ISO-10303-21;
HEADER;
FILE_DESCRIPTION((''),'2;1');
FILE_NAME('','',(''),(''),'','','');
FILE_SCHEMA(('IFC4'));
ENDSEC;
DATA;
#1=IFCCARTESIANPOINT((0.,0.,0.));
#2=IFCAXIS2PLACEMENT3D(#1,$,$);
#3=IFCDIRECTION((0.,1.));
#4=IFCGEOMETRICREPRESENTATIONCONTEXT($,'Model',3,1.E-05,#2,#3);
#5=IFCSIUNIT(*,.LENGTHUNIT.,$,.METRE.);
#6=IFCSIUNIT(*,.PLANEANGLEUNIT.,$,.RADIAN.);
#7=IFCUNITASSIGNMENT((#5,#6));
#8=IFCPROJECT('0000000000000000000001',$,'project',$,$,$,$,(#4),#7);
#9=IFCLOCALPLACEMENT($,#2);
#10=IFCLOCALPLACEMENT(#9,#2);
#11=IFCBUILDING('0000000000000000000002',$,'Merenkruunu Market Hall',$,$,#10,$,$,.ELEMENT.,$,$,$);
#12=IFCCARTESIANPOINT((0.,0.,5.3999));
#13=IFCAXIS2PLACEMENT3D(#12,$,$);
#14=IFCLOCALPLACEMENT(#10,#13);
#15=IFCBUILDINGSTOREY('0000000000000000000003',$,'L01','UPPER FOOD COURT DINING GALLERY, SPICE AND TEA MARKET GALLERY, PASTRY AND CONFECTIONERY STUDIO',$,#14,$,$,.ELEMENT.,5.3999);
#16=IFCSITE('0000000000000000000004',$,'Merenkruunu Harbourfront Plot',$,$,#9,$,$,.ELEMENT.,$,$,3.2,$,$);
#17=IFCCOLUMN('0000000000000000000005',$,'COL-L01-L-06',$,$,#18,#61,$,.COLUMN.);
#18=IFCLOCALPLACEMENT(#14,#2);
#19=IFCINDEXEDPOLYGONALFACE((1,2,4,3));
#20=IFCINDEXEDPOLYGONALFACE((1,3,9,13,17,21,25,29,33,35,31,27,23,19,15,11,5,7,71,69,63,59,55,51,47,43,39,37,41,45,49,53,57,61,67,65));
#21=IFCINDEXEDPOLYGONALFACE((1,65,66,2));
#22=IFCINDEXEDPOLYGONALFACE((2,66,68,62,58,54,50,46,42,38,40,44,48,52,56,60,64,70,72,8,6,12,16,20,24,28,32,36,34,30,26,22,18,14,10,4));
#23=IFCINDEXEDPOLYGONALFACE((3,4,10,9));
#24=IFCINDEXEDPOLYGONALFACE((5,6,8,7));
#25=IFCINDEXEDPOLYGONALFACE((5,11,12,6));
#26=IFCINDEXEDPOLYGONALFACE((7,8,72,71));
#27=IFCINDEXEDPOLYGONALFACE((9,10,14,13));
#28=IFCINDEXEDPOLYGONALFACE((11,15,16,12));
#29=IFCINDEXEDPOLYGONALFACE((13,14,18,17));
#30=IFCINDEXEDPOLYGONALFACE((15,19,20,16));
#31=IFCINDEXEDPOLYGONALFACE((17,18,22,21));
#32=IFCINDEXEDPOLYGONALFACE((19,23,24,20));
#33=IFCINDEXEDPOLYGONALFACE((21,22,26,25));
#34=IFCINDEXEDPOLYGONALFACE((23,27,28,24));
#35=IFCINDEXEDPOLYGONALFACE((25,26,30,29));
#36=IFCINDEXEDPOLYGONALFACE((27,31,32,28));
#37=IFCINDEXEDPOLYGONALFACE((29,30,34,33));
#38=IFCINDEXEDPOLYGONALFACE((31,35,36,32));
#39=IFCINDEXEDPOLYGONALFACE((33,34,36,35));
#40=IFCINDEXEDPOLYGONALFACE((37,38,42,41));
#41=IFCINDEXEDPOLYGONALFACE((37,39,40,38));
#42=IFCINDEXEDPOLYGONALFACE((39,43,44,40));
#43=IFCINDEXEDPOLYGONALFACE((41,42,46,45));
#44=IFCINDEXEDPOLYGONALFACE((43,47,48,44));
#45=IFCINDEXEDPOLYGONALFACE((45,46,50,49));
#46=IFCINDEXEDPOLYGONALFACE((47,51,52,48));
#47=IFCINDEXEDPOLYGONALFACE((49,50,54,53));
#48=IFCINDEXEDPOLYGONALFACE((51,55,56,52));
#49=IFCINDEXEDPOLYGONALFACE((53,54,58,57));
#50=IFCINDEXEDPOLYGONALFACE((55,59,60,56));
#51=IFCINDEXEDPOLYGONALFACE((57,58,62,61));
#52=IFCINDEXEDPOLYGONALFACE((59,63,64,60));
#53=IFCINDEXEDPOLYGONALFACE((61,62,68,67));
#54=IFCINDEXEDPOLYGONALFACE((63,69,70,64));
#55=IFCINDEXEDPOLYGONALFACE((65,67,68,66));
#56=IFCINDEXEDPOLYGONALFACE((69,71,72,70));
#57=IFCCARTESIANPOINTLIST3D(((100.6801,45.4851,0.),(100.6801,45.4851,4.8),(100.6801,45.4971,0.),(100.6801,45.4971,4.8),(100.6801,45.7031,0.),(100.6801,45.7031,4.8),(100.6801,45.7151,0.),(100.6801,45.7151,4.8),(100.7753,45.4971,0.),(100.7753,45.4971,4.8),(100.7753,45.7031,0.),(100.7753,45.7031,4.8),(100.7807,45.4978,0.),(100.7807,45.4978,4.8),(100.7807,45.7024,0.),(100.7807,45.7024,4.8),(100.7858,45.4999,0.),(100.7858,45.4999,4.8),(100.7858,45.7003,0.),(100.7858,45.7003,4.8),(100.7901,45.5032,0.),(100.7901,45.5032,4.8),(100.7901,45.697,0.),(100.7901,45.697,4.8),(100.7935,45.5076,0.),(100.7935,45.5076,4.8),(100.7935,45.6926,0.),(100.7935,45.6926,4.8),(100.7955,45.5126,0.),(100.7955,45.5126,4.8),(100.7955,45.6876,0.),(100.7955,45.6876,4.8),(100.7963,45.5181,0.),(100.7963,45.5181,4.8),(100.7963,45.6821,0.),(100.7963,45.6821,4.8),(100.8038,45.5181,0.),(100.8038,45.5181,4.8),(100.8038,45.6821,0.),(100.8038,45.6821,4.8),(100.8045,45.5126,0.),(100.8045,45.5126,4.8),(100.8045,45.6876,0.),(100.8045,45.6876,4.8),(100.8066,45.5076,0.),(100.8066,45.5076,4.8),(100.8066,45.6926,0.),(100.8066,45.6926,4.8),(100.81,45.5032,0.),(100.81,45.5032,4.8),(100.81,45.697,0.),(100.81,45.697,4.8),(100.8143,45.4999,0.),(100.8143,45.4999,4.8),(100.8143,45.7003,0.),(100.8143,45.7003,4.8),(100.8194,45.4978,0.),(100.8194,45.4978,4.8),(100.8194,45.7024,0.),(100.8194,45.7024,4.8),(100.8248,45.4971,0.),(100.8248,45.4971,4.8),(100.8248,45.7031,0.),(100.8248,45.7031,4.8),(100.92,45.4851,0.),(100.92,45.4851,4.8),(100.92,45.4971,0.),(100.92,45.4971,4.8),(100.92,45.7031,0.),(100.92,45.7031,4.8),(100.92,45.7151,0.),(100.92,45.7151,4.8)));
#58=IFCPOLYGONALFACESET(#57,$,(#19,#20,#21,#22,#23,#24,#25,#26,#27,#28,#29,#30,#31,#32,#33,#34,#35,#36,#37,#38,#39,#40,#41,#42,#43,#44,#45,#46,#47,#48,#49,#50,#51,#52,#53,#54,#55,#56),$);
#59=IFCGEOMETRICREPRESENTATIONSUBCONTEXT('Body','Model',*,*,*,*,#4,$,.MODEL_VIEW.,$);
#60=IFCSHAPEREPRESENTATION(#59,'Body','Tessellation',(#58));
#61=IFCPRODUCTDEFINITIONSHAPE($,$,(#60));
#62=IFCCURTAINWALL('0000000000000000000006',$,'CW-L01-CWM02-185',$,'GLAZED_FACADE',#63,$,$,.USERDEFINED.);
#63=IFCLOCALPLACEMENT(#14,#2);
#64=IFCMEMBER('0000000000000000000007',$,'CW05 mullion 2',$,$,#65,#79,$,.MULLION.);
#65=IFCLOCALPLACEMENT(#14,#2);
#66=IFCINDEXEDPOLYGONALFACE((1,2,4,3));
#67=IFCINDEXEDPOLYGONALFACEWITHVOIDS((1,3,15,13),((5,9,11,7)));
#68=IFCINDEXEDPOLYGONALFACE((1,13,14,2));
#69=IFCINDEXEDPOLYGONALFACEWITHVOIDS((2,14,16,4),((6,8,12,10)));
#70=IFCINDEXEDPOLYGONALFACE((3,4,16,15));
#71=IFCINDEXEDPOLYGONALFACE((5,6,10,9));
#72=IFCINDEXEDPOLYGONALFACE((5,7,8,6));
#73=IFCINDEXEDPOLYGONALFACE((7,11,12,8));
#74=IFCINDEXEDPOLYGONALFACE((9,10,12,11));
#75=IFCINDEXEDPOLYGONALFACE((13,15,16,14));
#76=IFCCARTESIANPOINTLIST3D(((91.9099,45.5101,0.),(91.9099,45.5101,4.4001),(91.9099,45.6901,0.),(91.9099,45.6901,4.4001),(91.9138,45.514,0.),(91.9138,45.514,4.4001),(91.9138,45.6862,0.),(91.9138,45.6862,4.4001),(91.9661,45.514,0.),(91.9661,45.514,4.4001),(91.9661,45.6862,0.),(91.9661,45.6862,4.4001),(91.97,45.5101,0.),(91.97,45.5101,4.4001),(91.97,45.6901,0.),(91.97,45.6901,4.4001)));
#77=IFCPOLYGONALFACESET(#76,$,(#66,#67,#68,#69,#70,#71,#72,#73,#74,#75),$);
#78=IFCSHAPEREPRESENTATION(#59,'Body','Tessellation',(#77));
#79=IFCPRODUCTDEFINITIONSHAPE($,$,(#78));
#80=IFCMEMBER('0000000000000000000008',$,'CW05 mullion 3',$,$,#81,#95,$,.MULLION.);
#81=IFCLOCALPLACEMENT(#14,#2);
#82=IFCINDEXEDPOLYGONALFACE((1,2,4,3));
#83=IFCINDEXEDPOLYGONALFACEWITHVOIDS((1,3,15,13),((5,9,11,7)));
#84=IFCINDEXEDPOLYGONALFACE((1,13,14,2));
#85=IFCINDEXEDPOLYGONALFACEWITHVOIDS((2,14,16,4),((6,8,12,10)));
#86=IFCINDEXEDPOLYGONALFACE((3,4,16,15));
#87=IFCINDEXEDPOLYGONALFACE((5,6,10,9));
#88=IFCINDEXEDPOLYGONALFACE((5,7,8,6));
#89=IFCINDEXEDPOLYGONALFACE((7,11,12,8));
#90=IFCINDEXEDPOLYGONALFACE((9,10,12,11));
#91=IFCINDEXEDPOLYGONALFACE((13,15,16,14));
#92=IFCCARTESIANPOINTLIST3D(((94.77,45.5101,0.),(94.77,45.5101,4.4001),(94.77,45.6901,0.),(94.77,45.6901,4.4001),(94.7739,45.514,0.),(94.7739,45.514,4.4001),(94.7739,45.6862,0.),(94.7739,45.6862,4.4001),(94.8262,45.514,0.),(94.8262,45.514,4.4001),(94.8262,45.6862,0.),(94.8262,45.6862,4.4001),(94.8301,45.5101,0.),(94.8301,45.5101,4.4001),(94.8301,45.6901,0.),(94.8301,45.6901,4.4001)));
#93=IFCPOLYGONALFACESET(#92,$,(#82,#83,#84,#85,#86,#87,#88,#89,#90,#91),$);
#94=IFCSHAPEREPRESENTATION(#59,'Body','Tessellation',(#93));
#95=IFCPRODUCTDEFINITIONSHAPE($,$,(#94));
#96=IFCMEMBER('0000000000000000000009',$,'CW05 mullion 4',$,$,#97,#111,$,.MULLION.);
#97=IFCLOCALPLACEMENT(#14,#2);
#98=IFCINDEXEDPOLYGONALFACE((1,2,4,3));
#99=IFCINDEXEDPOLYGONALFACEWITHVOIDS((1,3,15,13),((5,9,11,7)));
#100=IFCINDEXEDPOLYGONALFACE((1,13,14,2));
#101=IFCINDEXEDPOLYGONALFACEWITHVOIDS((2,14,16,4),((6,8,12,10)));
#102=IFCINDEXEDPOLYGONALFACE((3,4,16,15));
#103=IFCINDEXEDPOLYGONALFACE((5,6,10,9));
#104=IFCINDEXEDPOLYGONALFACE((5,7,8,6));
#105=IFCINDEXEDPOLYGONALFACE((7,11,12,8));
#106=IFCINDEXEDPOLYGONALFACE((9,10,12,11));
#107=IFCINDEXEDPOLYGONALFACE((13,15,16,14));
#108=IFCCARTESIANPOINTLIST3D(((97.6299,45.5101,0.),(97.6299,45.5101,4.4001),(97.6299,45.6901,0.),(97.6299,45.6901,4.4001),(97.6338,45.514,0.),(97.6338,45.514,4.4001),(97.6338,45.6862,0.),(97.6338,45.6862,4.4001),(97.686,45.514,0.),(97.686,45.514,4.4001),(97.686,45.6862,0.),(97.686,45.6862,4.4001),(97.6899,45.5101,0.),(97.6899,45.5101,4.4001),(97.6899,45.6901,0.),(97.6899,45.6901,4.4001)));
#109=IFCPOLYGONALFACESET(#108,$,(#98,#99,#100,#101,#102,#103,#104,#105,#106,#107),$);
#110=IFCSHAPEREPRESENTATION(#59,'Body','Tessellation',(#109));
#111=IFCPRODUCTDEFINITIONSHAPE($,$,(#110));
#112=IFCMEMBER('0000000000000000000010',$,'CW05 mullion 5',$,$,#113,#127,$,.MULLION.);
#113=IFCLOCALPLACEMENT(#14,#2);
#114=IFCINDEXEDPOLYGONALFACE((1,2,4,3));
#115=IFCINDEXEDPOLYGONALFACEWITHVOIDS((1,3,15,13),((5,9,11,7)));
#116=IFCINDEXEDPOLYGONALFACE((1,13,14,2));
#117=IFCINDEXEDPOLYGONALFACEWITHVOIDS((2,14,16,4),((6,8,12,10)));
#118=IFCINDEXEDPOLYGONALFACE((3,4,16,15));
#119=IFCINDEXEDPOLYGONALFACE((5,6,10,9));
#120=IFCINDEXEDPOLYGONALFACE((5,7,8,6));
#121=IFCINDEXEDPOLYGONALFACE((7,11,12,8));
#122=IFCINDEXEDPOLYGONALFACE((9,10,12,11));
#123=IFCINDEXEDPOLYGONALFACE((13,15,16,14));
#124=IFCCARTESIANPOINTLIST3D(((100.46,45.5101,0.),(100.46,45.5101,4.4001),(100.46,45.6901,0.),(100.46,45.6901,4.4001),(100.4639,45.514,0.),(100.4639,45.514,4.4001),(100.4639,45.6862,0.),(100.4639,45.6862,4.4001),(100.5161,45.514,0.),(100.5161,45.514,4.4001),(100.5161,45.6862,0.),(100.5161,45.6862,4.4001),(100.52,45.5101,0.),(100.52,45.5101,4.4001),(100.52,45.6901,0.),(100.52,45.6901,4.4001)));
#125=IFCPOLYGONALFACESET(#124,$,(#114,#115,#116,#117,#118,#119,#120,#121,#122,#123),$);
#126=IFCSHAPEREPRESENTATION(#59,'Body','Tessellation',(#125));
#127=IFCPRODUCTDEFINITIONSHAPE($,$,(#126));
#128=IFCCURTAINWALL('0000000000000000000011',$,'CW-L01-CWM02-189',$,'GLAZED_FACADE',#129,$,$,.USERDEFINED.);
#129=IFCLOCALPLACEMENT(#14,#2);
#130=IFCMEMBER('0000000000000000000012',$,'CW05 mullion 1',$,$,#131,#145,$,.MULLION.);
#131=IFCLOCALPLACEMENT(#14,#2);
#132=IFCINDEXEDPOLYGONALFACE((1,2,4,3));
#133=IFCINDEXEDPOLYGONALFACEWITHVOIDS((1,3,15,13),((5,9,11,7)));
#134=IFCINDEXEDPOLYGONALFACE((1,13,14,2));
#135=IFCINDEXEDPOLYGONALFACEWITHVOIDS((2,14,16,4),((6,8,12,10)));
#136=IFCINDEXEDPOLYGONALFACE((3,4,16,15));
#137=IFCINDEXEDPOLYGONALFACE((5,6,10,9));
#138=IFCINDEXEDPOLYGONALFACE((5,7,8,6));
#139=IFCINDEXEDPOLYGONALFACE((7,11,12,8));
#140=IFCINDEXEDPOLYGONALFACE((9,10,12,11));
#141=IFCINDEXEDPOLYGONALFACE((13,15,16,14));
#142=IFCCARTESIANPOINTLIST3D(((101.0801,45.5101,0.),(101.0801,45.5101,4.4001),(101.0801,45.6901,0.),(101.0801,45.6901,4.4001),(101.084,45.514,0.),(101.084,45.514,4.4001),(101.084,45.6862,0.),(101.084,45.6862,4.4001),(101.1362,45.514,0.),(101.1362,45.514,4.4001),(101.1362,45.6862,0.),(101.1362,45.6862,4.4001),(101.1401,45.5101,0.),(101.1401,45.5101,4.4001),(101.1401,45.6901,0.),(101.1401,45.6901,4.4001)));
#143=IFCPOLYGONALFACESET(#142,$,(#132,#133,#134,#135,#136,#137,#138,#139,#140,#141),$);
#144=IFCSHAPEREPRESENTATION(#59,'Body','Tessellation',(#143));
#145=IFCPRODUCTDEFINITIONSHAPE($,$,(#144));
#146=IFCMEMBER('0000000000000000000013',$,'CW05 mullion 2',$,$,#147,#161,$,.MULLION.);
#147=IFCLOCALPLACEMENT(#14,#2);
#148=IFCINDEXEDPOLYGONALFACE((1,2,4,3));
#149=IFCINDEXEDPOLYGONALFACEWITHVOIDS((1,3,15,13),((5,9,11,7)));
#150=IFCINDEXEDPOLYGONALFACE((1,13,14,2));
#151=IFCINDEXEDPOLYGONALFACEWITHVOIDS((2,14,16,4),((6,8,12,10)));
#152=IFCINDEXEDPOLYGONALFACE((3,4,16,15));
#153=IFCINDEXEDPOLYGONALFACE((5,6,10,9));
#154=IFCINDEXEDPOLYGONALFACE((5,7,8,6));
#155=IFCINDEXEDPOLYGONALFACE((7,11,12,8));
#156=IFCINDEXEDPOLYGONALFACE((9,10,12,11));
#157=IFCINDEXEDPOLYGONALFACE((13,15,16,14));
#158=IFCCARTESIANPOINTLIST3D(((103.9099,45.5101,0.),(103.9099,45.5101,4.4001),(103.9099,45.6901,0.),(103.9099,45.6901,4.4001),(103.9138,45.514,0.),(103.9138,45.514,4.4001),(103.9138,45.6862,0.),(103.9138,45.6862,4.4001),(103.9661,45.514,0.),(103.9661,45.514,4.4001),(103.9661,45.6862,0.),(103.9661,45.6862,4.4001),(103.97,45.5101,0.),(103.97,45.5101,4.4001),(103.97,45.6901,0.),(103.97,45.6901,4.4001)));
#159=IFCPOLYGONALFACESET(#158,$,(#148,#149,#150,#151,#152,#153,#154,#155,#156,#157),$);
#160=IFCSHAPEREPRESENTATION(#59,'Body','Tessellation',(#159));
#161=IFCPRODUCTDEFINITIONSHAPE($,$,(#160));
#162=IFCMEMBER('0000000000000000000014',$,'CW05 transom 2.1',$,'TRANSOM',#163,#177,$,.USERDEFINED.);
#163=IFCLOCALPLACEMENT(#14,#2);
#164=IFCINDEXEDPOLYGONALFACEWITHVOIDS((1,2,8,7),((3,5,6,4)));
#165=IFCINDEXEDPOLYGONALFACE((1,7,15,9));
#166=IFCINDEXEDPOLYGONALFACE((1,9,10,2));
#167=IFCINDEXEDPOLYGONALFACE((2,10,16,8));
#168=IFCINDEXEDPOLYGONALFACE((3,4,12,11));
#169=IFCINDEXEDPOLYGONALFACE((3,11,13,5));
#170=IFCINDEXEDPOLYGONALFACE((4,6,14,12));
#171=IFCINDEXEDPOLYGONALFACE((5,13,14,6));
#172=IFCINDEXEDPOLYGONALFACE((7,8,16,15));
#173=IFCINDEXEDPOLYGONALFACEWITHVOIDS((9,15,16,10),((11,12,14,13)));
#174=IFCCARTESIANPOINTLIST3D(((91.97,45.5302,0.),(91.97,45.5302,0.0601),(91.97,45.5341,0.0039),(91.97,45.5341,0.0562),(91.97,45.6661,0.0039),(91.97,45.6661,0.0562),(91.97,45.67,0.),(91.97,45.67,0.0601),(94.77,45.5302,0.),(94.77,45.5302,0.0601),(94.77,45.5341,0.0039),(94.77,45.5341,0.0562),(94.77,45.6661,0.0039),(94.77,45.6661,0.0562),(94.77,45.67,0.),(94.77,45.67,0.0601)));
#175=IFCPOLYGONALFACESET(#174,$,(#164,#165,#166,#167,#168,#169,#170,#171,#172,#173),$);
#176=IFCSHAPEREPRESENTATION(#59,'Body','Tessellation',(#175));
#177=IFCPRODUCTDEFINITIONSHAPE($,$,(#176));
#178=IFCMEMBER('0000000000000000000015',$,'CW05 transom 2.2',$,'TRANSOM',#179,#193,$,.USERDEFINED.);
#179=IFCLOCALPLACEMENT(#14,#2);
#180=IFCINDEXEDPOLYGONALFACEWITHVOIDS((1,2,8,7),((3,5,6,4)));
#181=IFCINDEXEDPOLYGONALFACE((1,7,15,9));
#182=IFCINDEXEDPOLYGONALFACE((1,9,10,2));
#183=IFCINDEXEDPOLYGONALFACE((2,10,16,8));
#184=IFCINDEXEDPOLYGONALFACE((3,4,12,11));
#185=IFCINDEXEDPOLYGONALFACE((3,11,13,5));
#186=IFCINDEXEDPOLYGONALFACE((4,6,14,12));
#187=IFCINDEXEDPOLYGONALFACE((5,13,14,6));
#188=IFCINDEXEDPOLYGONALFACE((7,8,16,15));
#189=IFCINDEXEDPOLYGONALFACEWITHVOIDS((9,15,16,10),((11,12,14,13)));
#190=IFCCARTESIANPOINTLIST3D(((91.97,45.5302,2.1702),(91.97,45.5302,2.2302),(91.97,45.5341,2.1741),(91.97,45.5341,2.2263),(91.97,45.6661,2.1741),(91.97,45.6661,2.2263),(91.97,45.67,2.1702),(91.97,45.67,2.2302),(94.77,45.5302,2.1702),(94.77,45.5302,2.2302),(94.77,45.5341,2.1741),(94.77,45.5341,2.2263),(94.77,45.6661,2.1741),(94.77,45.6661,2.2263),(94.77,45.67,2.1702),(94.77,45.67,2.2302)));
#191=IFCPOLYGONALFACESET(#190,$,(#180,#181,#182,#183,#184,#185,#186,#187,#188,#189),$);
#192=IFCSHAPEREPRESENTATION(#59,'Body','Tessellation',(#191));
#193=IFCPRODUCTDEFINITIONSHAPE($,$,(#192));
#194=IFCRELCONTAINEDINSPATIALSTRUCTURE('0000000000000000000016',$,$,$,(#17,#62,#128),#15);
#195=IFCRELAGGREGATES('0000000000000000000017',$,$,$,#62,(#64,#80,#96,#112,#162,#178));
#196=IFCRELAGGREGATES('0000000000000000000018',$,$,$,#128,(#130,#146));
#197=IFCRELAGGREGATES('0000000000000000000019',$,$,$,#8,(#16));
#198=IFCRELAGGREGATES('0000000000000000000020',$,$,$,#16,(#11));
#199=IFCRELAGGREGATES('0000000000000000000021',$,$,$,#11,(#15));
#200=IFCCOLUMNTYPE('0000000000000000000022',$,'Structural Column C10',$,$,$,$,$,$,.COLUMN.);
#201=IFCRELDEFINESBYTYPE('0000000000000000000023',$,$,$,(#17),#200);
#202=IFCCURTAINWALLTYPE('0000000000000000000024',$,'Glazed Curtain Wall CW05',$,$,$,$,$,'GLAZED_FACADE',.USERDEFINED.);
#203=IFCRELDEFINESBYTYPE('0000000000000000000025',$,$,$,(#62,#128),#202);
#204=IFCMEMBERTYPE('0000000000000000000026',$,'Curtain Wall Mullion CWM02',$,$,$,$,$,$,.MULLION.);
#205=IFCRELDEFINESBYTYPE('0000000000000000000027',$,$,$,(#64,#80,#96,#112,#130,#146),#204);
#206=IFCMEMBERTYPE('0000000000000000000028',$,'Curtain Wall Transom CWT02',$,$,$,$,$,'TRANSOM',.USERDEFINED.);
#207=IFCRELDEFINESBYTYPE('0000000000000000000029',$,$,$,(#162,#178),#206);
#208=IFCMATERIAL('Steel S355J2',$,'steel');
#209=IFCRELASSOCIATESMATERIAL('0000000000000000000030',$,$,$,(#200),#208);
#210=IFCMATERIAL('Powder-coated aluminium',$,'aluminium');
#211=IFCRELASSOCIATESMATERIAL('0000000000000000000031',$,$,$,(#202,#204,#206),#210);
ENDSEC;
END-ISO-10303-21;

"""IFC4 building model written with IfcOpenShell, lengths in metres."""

from ifc_helpers import new_model, si_unit, direction, frame, origin, origin_2d, place, context, subcontext, project, spatial, hollow_rectangle, i_section, extrude, material, material_profile, profile_set, type_object, element, aggregate, save


model = new_model("IFC4")

# Units and contexts
model_context = context("Model", 3, precision=1e-05, world=origin(), true_north=direction((0.0, 1.0)))
body_context = subcontext(model_context, "Body", "Model", "MODEL_VIEW")
ifc_project = project(units=[si_unit("LENGTHUNIT", "METRE"), si_unit("PLANEANGLEUNIT", "RADIAN")], contexts=[model_context])

# Site, building, storey
site_placement = place(None, origin())
site = spatial("IfcSite", under=ifc_project, at=site_placement, Name="Merenkruunu Harbourfront Plot", CompositionType="ELEMENT", RefElevation=3.2)
building_placement = place(site_placement, origin())
building = spatial("IfcBuilding", under=site, at=building_placement, Name="Merenkruunu Market Hall", CompositionType="ELEMENT")
storey_placement = place(building_placement, frame((0.0, 0.0, 5.3999)))
storey = spatial("IfcBuildingStorey", under=building, at=storey_placement, Name="L01", Description="UPPER FOOD COURT DINING GALLERY, SPICE AND TEA MARKET GALLERY, PASTRY AND CONFECTIONERY STUDIO", CompositionType="ELEMENT", Elevation=5.3999)

# Column
ifc_material_1 = material(Name="Steel S355J2", Category="steel")
ifc_material_profile_1 = material_profile(ifc_material_1, i_section(OverallWidth=0.24, OverallDepth=0.23, WebThickness=0.0076, FlangeThickness=0.012, FilletRadius=0.021, at=origin_2d()), Name="HEA 240")
ifc_profile_set_1 = profile_set([ifc_material_profile_1], Name="Steel S355J2")
column_type = type_object("IfcColumnType", Name="Structural Column C10", PredefinedType="COLUMN", material=ifc_profile_set_1)
column_placement = place(storey_placement, frame((100.8, 45.6001, 0.0), z_axis=(0.0, 0.0, 1.0), x_axis=(1.0, 0.0, 0.0)))
element("IfcColumn", 1, at=column_placement, inside=storey, type_object=column_type, Name="COL-L01-L-06", PredefinedType="COLUMN", context=body_context, shape_type="SweptSolid", body=[
    extrude(i_section(OverallWidth=0.24, OverallDepth=0.23, WebThickness=0.0076, FlangeThickness=0.012, FilletRadius=0.021, at=origin_2d()), origin(), (0.0, 0.0, 1.0), 4.8),
])

# Curtain walls, members
ifc_material_2 = material(Name="Powder-coated aluminium", Category="aluminium")
curtain_wall_type = type_object("IfcCurtainWallType", Name="Glazed Curtain Wall CW05", ElementType="GLAZED_FACADE", PredefinedType="USERDEFINED", material=ifc_material_2)
curtain_wall_1_placement = place(storey_placement, origin())
curtain_wall_1 = element("IfcCurtainWall", 2, at=curtain_wall_1_placement, inside=storey, type_object=curtain_wall_type, Name="CW-L01-CWM02-185", ObjectType="GLAZED_FACADE", PredefinedType="USERDEFINED")
ifc_material_profile_2 = material_profile(ifc_material_2, hollow_rectangle(XDim=0.0601, YDim=0.1799, WallThickness=0.0039, at=origin_2d()), Name="ALU 60x180x4")
ifc_profile_set_2 = profile_set([ifc_material_profile_2], Name="Powder-coated aluminium")
member_type_1 = type_object("IfcMemberType", Name="Curtain Wall Mullion CWM02", PredefinedType="MULLION", material=ifc_profile_set_2)
member_1_placement = place(storey_placement, frame((91.9399, 45.6001, 0.0), z_axis=(0.0, 0.0, 1.0), x_axis=(1.0, 0.0, 0.0)))
member_1 = element("IfcMember", 3, at=member_1_placement, type_object=member_type_1, Name="CW05 mullion 2", PredefinedType="MULLION", context=body_context, shape_type="SweptSolid", body=[
    extrude(hollow_rectangle(XDim=0.0601, YDim=0.1799, WallThickness=0.0039, at=origin_2d()), origin(), (0.0, 0.0, 1.0), 4.4001),
])
member_2_placement = place(storey_placement, frame((94.8, 45.6001, 0.0), z_axis=(0.0, 0.0, 1.0), x_axis=(1.0, 0.0, 0.0)))
member_2 = element("IfcMember", 4, at=member_2_placement, type_object=member_type_1, Name="CW05 mullion 3", PredefinedType="MULLION", context=body_context, shape_type="SweptSolid", body=[
    extrude(hollow_rectangle(XDim=0.0601, YDim=0.1799, WallThickness=0.0039, at=origin_2d()), origin(), (0.0, 0.0, 1.0), 4.4001),
])
member_3_placement = place(storey_placement, frame((97.6599, 45.6001, 0.0), z_axis=(0.0, 0.0, 1.0), x_axis=(1.0, 0.0, 0.0)))
member_3 = element("IfcMember", 5, at=member_3_placement, type_object=member_type_1, Name="CW05 mullion 4", PredefinedType="MULLION", context=body_context, shape_type="SweptSolid", body=[
    extrude(hollow_rectangle(XDim=0.0601, YDim=0.1799, WallThickness=0.0039, at=origin_2d()), origin(), (0.0, 0.0, 1.0), 4.4001),
])
member_4_placement = place(storey_placement, frame((100.49, 45.6001, 0.0), z_axis=(0.0, 0.0, 1.0), x_axis=(1.0, 0.0, 0.0)))
member_4 = element("IfcMember", 6, at=member_4_placement, type_object=member_type_1, Name="CW05 mullion 5", PredefinedType="MULLION", context=body_context, shape_type="SweptSolid", body=[
    extrude(hollow_rectangle(XDim=0.0601, YDim=0.1799, WallThickness=0.0039, at=origin_2d()), origin(), (0.0, 0.0, 1.0), 4.4001),
])
curtain_wall_2_placement = place(storey_placement, origin())
curtain_wall_2 = element("IfcCurtainWall", 7, at=curtain_wall_2_placement, inside=storey, type_object=curtain_wall_type, Name="CW-L01-CWM02-189", ObjectType="GLAZED_FACADE", PredefinedType="USERDEFINED")
member_5_placement = place(storey_placement, frame((101.1101, 45.6001, 0.0), z_axis=(0.0, 0.0, 1.0), x_axis=(1.0, 0.0, 0.0)))
member_5 = element("IfcMember", 8, at=member_5_placement, type_object=member_type_1, Name="CW05 mullion 1", PredefinedType="MULLION", context=body_context, shape_type="SweptSolid", body=[
    extrude(hollow_rectangle(XDim=0.0601, YDim=0.1799, WallThickness=0.0039, at=origin_2d()), origin(), (0.0, 0.0, 1.0), 4.4001),
])
member_6_placement = place(storey_placement, frame((103.9399, 45.6001, 0.0), z_axis=(0.0, 0.0, 1.0), x_axis=(1.0, 0.0, 0.0)))
member_6 = element("IfcMember", 9, at=member_6_placement, type_object=member_type_1, Name="CW05 mullion 2", PredefinedType="MULLION", context=body_context, shape_type="SweptSolid", body=[
    extrude(hollow_rectangle(XDim=0.0601, YDim=0.1799, WallThickness=0.0039, at=origin_2d()), origin(), (0.0, 0.0, 1.0), 4.4001),
])

# Members
ifc_material_profile_3 = material_profile(ifc_material_2, hollow_rectangle(XDim=0.0601, YDim=0.1399, WallThickness=0.0039, at=origin_2d()), Name="ALU 60x140x4")
ifc_profile_set_3 = profile_set([ifc_material_profile_3], Name="Powder-coated aluminium")
member_type_2 = type_object("IfcMemberType", Name="Curtain Wall Transom CWT02", ElementType="TRANSOM", PredefinedType="USERDEFINED", material=ifc_profile_set_3)
member_7_placement = place(storey_placement, frame((91.97, 45.6001, 0.03), z_axis=(1.0, 0.0, 0.0), x_axis=(0.0, 0.0, 1.0)))
member_7 = element("IfcMember", 10, at=member_7_placement, type_object=member_type_2, Name="CW05 transom 2.1", ObjectType="TRANSOM", PredefinedType="USERDEFINED", context=body_context, shape_type="SweptSolid", body=[
    extrude(hollow_rectangle(XDim=0.0601, YDim=0.1399, WallThickness=0.0039, at=origin_2d()), origin(), (0.0, 0.0, 1.0), 2.8),
])
member_8_placement = place(storey_placement, frame((91.97, 45.6001, 2.2002), z_axis=(1.0, 0.0, 0.0), x_axis=(0.0, 0.0, 1.0)))
member_8 = element("IfcMember", 11, at=member_8_placement, type_object=member_type_2, Name="CW05 transom 2.2", ObjectType="TRANSOM", PredefinedType="USERDEFINED", context=body_context, shape_type="SweptSolid", body=[
    extrude(hollow_rectangle(XDim=0.0601, YDim=0.1399, WallThickness=0.0039, at=origin_2d()), origin(), (0.0, 0.0, 1.0), 2.8),
])

aggregate(curtain_wall_1, [member_1, member_2, member_3, member_4, member_7, member_8])
aggregate(curtain_wall_2, [member_5, member_6])

save(model, "model.ifc")
